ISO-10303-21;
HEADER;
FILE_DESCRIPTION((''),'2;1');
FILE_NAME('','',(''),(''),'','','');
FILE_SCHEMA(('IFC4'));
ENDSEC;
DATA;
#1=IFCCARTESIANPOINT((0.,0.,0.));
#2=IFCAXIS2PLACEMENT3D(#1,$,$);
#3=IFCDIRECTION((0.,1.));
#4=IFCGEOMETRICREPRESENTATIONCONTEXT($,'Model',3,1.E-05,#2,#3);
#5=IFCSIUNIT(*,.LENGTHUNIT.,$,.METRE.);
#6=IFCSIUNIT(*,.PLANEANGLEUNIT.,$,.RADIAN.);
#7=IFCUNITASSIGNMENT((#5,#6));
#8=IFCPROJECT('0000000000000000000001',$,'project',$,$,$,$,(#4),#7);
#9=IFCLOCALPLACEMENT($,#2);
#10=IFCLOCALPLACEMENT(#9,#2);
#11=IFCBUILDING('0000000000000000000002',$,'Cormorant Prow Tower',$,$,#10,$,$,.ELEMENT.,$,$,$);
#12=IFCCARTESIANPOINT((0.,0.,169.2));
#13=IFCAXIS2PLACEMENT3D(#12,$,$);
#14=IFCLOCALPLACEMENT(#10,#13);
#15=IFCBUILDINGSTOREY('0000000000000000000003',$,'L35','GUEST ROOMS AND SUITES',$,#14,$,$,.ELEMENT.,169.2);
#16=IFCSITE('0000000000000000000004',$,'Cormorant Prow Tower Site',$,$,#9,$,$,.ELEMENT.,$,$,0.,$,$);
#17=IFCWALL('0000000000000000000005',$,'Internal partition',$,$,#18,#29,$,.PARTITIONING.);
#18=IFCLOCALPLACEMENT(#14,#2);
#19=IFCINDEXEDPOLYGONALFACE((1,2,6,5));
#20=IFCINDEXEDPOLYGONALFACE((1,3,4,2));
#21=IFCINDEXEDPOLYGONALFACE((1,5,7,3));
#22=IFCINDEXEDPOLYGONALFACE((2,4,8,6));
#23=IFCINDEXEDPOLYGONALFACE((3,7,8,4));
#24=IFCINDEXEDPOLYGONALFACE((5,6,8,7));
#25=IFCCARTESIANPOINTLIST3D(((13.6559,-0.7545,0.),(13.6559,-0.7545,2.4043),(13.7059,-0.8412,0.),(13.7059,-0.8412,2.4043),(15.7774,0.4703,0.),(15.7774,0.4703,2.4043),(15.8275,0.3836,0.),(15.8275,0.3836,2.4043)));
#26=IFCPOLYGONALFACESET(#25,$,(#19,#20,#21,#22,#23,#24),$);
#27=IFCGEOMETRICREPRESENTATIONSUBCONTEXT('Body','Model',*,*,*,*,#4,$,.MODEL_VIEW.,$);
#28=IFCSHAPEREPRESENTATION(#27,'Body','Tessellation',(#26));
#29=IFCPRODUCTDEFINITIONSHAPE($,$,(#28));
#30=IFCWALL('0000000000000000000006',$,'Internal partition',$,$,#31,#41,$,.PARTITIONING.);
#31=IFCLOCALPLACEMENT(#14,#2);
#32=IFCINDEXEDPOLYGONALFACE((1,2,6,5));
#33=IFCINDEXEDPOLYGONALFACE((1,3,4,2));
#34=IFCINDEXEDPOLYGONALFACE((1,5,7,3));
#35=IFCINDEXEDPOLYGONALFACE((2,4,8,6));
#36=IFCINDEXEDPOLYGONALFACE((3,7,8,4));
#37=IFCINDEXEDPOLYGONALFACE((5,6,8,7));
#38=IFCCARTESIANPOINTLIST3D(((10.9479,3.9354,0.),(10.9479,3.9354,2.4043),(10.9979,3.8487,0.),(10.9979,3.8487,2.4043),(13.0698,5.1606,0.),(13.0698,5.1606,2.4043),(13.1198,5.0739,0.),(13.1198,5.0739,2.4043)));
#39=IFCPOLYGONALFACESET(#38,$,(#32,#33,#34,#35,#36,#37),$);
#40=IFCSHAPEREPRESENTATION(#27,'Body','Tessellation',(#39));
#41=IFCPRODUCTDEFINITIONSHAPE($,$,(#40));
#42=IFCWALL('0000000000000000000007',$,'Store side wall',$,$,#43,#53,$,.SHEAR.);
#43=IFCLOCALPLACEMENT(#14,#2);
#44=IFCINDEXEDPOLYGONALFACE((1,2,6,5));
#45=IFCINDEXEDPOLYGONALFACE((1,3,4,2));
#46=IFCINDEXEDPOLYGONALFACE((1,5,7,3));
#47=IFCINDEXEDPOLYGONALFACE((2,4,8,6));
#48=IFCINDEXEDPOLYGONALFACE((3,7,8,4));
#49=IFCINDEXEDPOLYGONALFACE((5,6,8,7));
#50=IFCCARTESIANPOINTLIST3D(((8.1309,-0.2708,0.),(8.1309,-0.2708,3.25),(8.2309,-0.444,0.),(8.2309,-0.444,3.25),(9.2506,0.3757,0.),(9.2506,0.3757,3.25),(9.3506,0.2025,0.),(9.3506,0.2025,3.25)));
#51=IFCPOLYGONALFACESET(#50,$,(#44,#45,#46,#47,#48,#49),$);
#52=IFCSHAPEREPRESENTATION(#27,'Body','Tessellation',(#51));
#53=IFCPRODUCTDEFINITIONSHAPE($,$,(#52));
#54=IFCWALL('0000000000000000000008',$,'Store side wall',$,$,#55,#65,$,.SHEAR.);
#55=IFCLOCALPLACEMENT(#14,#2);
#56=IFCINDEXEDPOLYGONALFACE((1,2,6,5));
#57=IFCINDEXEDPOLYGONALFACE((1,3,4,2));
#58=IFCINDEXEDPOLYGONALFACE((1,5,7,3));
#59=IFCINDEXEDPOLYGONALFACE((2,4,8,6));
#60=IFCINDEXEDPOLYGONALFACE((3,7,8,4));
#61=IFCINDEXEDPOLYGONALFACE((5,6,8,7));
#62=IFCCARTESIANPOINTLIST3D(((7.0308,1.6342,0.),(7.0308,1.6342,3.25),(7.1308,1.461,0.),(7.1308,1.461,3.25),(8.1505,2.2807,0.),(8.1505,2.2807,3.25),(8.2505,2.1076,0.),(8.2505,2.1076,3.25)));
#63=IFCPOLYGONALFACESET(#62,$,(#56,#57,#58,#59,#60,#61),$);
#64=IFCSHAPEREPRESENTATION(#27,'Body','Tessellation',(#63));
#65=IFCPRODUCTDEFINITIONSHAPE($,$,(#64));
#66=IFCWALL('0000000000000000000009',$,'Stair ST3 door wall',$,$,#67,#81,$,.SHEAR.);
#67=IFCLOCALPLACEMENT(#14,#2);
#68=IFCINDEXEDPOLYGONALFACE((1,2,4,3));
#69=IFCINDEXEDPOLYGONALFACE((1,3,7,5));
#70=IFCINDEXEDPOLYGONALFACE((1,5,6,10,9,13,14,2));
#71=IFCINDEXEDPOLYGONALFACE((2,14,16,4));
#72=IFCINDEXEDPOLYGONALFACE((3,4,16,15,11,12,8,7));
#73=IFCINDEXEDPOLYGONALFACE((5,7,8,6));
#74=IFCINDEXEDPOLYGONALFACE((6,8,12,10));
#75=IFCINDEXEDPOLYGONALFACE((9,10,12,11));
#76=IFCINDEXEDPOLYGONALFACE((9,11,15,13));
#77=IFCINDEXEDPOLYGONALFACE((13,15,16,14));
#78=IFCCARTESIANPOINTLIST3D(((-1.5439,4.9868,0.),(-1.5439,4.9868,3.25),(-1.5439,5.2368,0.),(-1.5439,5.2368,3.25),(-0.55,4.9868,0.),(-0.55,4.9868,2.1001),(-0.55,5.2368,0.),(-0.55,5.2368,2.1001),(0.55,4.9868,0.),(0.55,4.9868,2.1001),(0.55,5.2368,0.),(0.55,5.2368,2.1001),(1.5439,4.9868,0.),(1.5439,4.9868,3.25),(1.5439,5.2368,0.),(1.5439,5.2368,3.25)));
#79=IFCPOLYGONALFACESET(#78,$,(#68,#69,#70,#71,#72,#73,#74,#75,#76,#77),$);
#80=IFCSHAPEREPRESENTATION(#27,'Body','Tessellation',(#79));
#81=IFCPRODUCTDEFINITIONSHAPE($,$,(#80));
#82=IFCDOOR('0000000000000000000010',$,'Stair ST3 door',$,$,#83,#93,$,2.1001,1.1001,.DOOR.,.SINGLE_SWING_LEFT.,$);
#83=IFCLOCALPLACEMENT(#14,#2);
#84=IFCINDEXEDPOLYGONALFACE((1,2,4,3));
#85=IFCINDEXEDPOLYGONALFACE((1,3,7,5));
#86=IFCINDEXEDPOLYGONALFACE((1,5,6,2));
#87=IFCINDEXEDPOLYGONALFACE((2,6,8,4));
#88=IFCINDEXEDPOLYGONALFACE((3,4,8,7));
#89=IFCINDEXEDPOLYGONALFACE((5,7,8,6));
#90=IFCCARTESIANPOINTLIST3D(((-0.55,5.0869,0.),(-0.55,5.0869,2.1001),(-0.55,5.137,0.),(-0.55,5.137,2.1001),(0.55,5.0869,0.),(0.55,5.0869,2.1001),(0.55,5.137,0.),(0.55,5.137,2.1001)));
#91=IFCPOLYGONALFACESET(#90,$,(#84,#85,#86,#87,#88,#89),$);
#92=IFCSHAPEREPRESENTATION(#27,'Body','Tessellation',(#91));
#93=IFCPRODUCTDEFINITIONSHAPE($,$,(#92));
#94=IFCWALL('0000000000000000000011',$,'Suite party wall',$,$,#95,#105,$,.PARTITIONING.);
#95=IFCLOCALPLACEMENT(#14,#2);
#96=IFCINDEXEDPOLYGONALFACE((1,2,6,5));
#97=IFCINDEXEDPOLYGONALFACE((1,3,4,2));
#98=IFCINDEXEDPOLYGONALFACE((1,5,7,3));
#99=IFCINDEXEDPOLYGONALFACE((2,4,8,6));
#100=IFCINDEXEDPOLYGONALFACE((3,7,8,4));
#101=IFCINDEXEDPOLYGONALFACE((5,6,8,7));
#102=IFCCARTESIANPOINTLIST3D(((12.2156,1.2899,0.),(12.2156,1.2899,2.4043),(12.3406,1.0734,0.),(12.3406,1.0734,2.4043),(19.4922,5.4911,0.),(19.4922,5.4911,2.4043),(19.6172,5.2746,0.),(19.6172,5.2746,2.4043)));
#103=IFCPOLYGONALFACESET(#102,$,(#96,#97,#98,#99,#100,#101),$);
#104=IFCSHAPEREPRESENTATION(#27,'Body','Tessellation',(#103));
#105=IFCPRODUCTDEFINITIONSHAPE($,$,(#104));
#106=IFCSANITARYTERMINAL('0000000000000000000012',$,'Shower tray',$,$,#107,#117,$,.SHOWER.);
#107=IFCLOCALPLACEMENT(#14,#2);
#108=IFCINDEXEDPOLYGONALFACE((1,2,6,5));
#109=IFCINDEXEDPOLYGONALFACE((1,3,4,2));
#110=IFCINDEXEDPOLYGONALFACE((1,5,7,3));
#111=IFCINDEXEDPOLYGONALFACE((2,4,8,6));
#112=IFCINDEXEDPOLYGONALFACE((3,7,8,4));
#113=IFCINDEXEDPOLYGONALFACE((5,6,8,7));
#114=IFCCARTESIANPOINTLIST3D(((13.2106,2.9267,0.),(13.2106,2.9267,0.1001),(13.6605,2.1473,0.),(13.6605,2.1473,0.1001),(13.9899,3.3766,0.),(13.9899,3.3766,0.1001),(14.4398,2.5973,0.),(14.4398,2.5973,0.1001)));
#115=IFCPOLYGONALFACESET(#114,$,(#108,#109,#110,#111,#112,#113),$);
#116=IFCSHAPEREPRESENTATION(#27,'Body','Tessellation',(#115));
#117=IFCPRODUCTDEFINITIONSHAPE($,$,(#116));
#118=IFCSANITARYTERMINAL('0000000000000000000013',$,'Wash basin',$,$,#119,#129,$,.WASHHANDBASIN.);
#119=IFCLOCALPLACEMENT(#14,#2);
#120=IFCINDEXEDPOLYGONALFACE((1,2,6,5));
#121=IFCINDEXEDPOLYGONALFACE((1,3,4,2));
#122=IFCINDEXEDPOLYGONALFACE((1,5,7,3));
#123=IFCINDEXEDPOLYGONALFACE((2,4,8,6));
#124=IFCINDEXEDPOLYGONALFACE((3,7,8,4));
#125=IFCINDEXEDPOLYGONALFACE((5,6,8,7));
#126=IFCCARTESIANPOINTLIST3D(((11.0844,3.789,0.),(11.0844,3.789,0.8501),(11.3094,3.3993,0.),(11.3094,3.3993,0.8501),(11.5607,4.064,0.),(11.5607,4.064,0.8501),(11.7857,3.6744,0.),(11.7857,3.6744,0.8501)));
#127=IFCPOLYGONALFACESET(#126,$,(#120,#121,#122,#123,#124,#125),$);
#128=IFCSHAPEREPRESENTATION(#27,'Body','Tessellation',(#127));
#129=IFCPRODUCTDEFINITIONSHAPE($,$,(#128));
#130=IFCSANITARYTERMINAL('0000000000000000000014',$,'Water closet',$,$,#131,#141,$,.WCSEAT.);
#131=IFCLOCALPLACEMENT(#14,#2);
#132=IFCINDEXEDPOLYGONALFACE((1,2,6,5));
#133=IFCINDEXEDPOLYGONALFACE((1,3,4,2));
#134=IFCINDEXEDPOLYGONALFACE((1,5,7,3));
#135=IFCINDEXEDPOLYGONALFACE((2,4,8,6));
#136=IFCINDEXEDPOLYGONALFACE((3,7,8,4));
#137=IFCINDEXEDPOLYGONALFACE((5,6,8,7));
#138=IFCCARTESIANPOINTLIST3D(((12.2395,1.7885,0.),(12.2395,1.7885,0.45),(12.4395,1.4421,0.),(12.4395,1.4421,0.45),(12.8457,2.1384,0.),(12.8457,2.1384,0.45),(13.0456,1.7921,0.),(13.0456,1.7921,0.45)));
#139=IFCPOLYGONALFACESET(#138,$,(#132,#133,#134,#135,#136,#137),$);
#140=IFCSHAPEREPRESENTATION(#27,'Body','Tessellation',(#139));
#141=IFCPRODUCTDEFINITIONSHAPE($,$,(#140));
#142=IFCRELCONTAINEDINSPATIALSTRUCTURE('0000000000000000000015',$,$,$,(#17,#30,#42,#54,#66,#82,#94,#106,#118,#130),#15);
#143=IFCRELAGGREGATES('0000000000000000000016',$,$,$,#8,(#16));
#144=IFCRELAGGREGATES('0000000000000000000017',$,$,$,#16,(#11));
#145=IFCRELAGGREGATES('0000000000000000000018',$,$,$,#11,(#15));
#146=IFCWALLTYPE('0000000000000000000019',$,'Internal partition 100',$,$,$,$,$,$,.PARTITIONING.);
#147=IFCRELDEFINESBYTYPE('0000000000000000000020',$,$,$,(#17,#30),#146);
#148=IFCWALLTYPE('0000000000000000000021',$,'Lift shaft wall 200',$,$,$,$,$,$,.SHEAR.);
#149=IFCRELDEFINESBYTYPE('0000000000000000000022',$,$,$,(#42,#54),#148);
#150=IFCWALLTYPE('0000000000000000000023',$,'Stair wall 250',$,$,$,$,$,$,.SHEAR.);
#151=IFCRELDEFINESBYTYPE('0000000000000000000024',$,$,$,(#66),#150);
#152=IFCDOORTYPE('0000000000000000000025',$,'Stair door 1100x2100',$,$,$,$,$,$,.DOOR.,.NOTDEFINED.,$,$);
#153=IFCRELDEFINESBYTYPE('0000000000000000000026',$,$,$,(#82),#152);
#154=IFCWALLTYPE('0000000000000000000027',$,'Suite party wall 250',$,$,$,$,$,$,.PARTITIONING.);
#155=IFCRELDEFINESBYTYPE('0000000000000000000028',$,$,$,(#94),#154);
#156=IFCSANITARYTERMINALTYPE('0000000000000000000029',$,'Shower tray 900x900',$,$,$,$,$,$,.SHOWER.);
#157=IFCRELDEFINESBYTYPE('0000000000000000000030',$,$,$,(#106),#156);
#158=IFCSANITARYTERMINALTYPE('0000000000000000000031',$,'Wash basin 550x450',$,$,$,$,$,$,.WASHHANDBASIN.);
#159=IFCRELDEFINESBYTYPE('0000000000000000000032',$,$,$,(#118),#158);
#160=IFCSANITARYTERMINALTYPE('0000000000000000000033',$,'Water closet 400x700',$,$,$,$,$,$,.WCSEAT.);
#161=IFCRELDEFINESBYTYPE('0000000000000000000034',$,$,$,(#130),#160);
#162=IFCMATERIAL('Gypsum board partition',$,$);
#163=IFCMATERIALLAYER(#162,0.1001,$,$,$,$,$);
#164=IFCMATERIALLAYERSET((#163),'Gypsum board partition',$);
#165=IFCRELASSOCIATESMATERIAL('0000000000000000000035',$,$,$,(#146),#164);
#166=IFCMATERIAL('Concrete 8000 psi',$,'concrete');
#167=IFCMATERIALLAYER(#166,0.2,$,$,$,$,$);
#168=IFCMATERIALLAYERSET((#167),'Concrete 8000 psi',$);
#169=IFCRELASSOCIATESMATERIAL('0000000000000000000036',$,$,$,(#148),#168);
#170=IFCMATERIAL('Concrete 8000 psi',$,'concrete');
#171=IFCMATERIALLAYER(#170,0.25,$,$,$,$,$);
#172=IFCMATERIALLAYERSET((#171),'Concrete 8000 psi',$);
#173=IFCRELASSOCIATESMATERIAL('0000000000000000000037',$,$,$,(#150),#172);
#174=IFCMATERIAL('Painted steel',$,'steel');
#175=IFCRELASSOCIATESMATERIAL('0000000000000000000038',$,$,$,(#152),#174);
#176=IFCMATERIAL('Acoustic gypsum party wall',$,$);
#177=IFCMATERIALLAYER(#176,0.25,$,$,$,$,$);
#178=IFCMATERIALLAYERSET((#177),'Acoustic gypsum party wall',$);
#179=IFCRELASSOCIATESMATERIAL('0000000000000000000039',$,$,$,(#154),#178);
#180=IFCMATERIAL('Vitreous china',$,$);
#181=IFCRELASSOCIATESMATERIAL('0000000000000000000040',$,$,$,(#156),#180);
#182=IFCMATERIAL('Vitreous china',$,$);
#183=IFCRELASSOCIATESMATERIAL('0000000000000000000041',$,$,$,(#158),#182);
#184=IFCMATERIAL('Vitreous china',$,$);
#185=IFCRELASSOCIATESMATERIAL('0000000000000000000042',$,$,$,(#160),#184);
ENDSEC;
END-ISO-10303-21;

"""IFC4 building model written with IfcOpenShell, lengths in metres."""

from ifc_helpers import new_model, si_unit, direction, frame, frame_2d, origin, origin_2d, place, context, subcontext, project, spatial, rectangle, extrude, material, layer, layer_set, type_object, element, fill, save


model = new_model("IFC4")

# Units and contexts
model_context = context("Model", 3, precision=1e-05, world=origin(), true_north=direction((0.0, 1.0)))
body_context = subcontext(model_context, "Body", "Model", "MODEL_VIEW")
ifc_project = project(units=[si_unit("LENGTHUNIT", "METRE"), si_unit("PLANEANGLEUNIT", "RADIAN")], contexts=[model_context])

# Site, building, storey
site_placement = place(None, origin())
site = spatial("IfcSite", under=ifc_project, at=site_placement, Name="Cormorant Prow Tower Site", CompositionType="ELEMENT", RefElevation=0.0)
building_placement = place(site_placement, origin())
building = spatial("IfcBuilding", under=site, at=building_placement, Name="Cormorant Prow Tower", CompositionType="ELEMENT")
storey_placement = place(building_placement, frame((0.0, 0.0, 169.2)))
storey = spatial("IfcBuildingStorey", under=building, at=storey_placement, Name="L35", Description="GUEST ROOMS AND SUITES", CompositionType="ELEMENT", Elevation=169.2)

# Shared definitions
ifc_material_1 = material(Name="Gypsum board partition")
ifc_layer_1 = layer(ifc_material_1, 0.1001)
ifc_layer_set_1 = layer_set([ifc_layer_1], Name="Gypsum board partition")
wall_type_1 = type_object("IfcWallType", Name="Internal partition 100", PredefinedType="PARTITIONING", material=ifc_layer_set_1)

# Walls
wall_1_placement = place(storey_placement, frame((13.6809, -0.7979, 0.0), z_axis=(0.0, 0.0, 1.0), x_axis=(0.866033, 0.499987, 0.0)))
element("IfcWall", 1, at=wall_1_placement, inside=storey, type_object=wall_type_1, Name="Internal partition", PredefinedType="PARTITIONING", context=body_context, shape_type="SweptSolid", body=[
    extrude(rectangle(XDim=2.4497, YDim=0.1001, at=frame_2d((1.2249, 0.0))), origin(), (0.0, 0.0, 1.0), 2.4043),
])
wall_2_placement = place(storey_placement, frame((10.9729, 3.8921, 0.0), z_axis=(0.0, 0.0, 1.0), x_axis=(0.866015, 0.500019, 0.0)))
element("IfcWall", 2, at=wall_2_placement, inside=storey, type_object=wall_type_1, Name="Internal partition", PredefinedType="PARTITIONING", context=body_context, shape_type="SweptSolid", body=[
    extrude(rectangle(XDim=2.4502, YDim=0.1001, at=frame_2d((1.2251, 0.0))), origin(), (0.0, 0.0, 1.0), 2.4043),
])
ifc_material_2 = material(Name="Concrete 8000 psi", Category="concrete")
ifc_layer_2 = layer(ifc_material_2, 0.2)
ifc_layer_set_2 = layer_set([ifc_layer_2], Name="Concrete 8000 psi")
wall_type_2 = type_object("IfcWallType", Name="Lift shaft wall 200", PredefinedType="SHEAR", material=ifc_layer_set_2)
for number, where, z_axis, x_axis, name in (
    (3, (8.1809, -0.3574, 0.0), (0.0, 0.0, 1.0), (0.866003, 0.500038, 0.0), "Store side wall"),
    (4, (7.0808, 1.5476, 0.0), (0.0, 0.0, 1.0), (0.866003, 0.500038, 0.0), "Store side wall"),
):
    element("IfcWall", number, at=place(storey_placement, frame(where, z_axis=z_axis, x_axis=x_axis)), inside=storey, type_object=wall_type_2, Name=name, PredefinedType="SHEAR", context=body_context, shape_type="SweptSolid", body=[
        extrude(rectangle(XDim=1.293, YDim=0.2, at=frame_2d((0.6465, 0.0))), origin(), (0.0, 0.0, 1.0), 3.25),
    ])

# Wall, opening, door
ifc_material_3 = material(Name="Concrete 8000 psi", Category="concrete")
ifc_layer_3 = layer(ifc_material_3, 0.25)
ifc_layer_set_3 = layer_set([ifc_layer_3], Name="Concrete 8000 psi")
wall_type_3 = type_object("IfcWallType", Name="Stair wall 250", PredefinedType="SHEAR", material=ifc_layer_set_3)
wall_3_placement = place(storey_placement, frame((1.5439, 5.1118, 0.0), z_axis=(0.0, 0.0, 1.0), x_axis=(-1.0, 0.0, 0.0)))
wall_3 = element("IfcWall", 5, at=wall_3_placement, inside=storey, type_object=wall_type_3, Name="Stair ST3 door wall", PredefinedType="SHEAR", context=body_context, shape_type="SweptSolid", body=[
    extrude(rectangle(XDim=3.0879, YDim=0.25, at=frame_2d((1.5439, 0.0))), origin(), (0.0, 0.0, 1.0), 3.25),
])
opening_1_placement = place(wall_3_placement, frame((0.9939, 0.0, 0.0)))
opening_1 = element("IfcOpeningElement", 6, at=opening_1_placement, cuts=wall_3, PredefinedType="OPENING", context=body_context, shape_type="SweptSolid", body=[
    extrude(rectangle(XDim=1.1001, YDim=2.1001, at=frame_2d((0.55, 1.05))), frame((0.0, 0.135, 0.0), z_axis=(0.0, -1.0, 0.0), x_axis=(1.0, 0.0, 0.0)), (0.0, 0.0, 1.0), 0.27),
])
ifc_material_4 = material(Name="Painted steel", Category="steel")
door_type_1 = type_object("IfcDoorType", Name="Stair door 1100x2100", OperationType="NOTDEFINED", PredefinedType="DOOR", material=ifc_material_4)
door_1_placement = place(opening_1_placement, origin())
door_1 = element("IfcDoor", 7, at=door_1_placement, inside=storey, type_object=door_type_1, Name="Stair ST3 door", OperationType="SINGLE_SWING_LEFT", OverallHeight=2.1001, OverallWidth=1.1001, PredefinedType="DOOR", context=body_context, shape_type="SweptSolid", body=[
    extrude(rectangle(XDim=1.1001, YDim=2.1001, at=frame_2d((0.55, 1.05))), frame((0.0, 0.0249, 0.0), z_axis=(0.0, -1.0, 0.0), x_axis=(1.0, 0.0, 0.0)), (0.0, 0.0, 1.0), 0.05),
])
fill(opening_1, door_1)

# Wall
ifc_material_5 = material(Name="Acoustic gypsum party wall")
ifc_layer_4 = layer(ifc_material_5, 0.25)
ifc_layer_set_4 = layer_set([ifc_layer_4], Name="Acoustic gypsum party wall")
wall_type_4 = type_object("IfcWallType", Name="Suite party wall 250", PredefinedType="PARTITIONING", material=ifc_layer_set_4)
wall_4_placement = place(storey_placement, frame((12.2781, 1.1816, 0.0), z_axis=(0.0, 0.0, 1.0), x_axis=(0.866024, 0.500002, 0.0)))
element("IfcWall", 8, at=wall_4_placement, inside=storey, type_object=wall_type_4, Name="Suite party wall", PredefinedType="PARTITIONING", context=body_context, shape_type="SweptSolid", body=[
    extrude(rectangle(XDim=8.4023, YDim=0.25, at=frame_2d((4.2012, 0.0))), origin(), (0.0, 0.0, 1.0), 2.4043),
])

# Sanitary terminals
ifc_material_6 = material(Name="Vitreous china")
sanitary_terminal_type_1 = type_object("IfcSanitaryTerminalType", Name="Shower tray 900x900", PredefinedType="SHOWER", material=ifc_material_6)
sanitary_terminal_1_placement = place(storey_placement, frame((13.8252, 2.762, 0.0), z_axis=(0.0, 0.0, 1.0), x_axis=(-0.866025, -0.5, 0.0)))
element("IfcSanitaryTerminal", 9, at=sanitary_terminal_1_placement, inside=storey, type_object=sanitary_terminal_type_1, Name="Shower tray", PredefinedType="SHOWER", context=body_context, shape_type="SweptSolid", body=[
    extrude(rectangle(XDim=0.8999, YDim=0.8999, at=origin_2d()), origin(), (0.0, 0.0, 1.0), 0.1001),
])
ifc_material_7 = material(Name="Vitreous china")
sanitary_terminal_type_2 = type_object("IfcSanitaryTerminalType", Name="Wash basin 550x450", PredefinedType="WASHHANDBASIN", material=ifc_material_7)
sanitary_terminal_2_placement = place(storey_placement, frame((11.4351, 3.7317, 0.0), z_axis=(0.0, 0.0, 1.0), x_axis=(0.866025, 0.5, 0.0)))
element("IfcSanitaryTerminal", 10, at=sanitary_terminal_2_placement, inside=storey, type_object=sanitary_terminal_type_2, Name="Wash basin", PredefinedType="WASHHANDBASIN", context=body_context, shape_type="SweptSolid", body=[
    extrude(rectangle(XDim=0.55, YDim=0.45, at=origin_2d()), origin(), (0.0, 0.0, 1.0), 0.8501),
])
ifc_material_8 = material(Name="Vitreous china")
sanitary_terminal_type_3 = type_object("IfcSanitaryTerminalType", Name="Water closet 400x700", PredefinedType="WCSEAT", material=ifc_material_8)
sanitary_terminal_3_placement = place(storey_placement, frame((12.6426, 1.7903, 0.0), z_axis=(0.0, 0.0, 1.0), x_axis=(-0.5, 0.866025, 0.0)))
element("IfcSanitaryTerminal", 11, at=sanitary_terminal_3_placement, inside=storey, type_object=sanitary_terminal_type_3, Name="Water closet", PredefinedType="WCSEAT", context=body_context, shape_type="SweptSolid", body=[
    extrude(rectangle(XDim=0.3999, YDim=0.7, at=origin_2d()), origin(), (0.0, 0.0, 1.0), 0.45),
])

save(model, "model.ifc")
